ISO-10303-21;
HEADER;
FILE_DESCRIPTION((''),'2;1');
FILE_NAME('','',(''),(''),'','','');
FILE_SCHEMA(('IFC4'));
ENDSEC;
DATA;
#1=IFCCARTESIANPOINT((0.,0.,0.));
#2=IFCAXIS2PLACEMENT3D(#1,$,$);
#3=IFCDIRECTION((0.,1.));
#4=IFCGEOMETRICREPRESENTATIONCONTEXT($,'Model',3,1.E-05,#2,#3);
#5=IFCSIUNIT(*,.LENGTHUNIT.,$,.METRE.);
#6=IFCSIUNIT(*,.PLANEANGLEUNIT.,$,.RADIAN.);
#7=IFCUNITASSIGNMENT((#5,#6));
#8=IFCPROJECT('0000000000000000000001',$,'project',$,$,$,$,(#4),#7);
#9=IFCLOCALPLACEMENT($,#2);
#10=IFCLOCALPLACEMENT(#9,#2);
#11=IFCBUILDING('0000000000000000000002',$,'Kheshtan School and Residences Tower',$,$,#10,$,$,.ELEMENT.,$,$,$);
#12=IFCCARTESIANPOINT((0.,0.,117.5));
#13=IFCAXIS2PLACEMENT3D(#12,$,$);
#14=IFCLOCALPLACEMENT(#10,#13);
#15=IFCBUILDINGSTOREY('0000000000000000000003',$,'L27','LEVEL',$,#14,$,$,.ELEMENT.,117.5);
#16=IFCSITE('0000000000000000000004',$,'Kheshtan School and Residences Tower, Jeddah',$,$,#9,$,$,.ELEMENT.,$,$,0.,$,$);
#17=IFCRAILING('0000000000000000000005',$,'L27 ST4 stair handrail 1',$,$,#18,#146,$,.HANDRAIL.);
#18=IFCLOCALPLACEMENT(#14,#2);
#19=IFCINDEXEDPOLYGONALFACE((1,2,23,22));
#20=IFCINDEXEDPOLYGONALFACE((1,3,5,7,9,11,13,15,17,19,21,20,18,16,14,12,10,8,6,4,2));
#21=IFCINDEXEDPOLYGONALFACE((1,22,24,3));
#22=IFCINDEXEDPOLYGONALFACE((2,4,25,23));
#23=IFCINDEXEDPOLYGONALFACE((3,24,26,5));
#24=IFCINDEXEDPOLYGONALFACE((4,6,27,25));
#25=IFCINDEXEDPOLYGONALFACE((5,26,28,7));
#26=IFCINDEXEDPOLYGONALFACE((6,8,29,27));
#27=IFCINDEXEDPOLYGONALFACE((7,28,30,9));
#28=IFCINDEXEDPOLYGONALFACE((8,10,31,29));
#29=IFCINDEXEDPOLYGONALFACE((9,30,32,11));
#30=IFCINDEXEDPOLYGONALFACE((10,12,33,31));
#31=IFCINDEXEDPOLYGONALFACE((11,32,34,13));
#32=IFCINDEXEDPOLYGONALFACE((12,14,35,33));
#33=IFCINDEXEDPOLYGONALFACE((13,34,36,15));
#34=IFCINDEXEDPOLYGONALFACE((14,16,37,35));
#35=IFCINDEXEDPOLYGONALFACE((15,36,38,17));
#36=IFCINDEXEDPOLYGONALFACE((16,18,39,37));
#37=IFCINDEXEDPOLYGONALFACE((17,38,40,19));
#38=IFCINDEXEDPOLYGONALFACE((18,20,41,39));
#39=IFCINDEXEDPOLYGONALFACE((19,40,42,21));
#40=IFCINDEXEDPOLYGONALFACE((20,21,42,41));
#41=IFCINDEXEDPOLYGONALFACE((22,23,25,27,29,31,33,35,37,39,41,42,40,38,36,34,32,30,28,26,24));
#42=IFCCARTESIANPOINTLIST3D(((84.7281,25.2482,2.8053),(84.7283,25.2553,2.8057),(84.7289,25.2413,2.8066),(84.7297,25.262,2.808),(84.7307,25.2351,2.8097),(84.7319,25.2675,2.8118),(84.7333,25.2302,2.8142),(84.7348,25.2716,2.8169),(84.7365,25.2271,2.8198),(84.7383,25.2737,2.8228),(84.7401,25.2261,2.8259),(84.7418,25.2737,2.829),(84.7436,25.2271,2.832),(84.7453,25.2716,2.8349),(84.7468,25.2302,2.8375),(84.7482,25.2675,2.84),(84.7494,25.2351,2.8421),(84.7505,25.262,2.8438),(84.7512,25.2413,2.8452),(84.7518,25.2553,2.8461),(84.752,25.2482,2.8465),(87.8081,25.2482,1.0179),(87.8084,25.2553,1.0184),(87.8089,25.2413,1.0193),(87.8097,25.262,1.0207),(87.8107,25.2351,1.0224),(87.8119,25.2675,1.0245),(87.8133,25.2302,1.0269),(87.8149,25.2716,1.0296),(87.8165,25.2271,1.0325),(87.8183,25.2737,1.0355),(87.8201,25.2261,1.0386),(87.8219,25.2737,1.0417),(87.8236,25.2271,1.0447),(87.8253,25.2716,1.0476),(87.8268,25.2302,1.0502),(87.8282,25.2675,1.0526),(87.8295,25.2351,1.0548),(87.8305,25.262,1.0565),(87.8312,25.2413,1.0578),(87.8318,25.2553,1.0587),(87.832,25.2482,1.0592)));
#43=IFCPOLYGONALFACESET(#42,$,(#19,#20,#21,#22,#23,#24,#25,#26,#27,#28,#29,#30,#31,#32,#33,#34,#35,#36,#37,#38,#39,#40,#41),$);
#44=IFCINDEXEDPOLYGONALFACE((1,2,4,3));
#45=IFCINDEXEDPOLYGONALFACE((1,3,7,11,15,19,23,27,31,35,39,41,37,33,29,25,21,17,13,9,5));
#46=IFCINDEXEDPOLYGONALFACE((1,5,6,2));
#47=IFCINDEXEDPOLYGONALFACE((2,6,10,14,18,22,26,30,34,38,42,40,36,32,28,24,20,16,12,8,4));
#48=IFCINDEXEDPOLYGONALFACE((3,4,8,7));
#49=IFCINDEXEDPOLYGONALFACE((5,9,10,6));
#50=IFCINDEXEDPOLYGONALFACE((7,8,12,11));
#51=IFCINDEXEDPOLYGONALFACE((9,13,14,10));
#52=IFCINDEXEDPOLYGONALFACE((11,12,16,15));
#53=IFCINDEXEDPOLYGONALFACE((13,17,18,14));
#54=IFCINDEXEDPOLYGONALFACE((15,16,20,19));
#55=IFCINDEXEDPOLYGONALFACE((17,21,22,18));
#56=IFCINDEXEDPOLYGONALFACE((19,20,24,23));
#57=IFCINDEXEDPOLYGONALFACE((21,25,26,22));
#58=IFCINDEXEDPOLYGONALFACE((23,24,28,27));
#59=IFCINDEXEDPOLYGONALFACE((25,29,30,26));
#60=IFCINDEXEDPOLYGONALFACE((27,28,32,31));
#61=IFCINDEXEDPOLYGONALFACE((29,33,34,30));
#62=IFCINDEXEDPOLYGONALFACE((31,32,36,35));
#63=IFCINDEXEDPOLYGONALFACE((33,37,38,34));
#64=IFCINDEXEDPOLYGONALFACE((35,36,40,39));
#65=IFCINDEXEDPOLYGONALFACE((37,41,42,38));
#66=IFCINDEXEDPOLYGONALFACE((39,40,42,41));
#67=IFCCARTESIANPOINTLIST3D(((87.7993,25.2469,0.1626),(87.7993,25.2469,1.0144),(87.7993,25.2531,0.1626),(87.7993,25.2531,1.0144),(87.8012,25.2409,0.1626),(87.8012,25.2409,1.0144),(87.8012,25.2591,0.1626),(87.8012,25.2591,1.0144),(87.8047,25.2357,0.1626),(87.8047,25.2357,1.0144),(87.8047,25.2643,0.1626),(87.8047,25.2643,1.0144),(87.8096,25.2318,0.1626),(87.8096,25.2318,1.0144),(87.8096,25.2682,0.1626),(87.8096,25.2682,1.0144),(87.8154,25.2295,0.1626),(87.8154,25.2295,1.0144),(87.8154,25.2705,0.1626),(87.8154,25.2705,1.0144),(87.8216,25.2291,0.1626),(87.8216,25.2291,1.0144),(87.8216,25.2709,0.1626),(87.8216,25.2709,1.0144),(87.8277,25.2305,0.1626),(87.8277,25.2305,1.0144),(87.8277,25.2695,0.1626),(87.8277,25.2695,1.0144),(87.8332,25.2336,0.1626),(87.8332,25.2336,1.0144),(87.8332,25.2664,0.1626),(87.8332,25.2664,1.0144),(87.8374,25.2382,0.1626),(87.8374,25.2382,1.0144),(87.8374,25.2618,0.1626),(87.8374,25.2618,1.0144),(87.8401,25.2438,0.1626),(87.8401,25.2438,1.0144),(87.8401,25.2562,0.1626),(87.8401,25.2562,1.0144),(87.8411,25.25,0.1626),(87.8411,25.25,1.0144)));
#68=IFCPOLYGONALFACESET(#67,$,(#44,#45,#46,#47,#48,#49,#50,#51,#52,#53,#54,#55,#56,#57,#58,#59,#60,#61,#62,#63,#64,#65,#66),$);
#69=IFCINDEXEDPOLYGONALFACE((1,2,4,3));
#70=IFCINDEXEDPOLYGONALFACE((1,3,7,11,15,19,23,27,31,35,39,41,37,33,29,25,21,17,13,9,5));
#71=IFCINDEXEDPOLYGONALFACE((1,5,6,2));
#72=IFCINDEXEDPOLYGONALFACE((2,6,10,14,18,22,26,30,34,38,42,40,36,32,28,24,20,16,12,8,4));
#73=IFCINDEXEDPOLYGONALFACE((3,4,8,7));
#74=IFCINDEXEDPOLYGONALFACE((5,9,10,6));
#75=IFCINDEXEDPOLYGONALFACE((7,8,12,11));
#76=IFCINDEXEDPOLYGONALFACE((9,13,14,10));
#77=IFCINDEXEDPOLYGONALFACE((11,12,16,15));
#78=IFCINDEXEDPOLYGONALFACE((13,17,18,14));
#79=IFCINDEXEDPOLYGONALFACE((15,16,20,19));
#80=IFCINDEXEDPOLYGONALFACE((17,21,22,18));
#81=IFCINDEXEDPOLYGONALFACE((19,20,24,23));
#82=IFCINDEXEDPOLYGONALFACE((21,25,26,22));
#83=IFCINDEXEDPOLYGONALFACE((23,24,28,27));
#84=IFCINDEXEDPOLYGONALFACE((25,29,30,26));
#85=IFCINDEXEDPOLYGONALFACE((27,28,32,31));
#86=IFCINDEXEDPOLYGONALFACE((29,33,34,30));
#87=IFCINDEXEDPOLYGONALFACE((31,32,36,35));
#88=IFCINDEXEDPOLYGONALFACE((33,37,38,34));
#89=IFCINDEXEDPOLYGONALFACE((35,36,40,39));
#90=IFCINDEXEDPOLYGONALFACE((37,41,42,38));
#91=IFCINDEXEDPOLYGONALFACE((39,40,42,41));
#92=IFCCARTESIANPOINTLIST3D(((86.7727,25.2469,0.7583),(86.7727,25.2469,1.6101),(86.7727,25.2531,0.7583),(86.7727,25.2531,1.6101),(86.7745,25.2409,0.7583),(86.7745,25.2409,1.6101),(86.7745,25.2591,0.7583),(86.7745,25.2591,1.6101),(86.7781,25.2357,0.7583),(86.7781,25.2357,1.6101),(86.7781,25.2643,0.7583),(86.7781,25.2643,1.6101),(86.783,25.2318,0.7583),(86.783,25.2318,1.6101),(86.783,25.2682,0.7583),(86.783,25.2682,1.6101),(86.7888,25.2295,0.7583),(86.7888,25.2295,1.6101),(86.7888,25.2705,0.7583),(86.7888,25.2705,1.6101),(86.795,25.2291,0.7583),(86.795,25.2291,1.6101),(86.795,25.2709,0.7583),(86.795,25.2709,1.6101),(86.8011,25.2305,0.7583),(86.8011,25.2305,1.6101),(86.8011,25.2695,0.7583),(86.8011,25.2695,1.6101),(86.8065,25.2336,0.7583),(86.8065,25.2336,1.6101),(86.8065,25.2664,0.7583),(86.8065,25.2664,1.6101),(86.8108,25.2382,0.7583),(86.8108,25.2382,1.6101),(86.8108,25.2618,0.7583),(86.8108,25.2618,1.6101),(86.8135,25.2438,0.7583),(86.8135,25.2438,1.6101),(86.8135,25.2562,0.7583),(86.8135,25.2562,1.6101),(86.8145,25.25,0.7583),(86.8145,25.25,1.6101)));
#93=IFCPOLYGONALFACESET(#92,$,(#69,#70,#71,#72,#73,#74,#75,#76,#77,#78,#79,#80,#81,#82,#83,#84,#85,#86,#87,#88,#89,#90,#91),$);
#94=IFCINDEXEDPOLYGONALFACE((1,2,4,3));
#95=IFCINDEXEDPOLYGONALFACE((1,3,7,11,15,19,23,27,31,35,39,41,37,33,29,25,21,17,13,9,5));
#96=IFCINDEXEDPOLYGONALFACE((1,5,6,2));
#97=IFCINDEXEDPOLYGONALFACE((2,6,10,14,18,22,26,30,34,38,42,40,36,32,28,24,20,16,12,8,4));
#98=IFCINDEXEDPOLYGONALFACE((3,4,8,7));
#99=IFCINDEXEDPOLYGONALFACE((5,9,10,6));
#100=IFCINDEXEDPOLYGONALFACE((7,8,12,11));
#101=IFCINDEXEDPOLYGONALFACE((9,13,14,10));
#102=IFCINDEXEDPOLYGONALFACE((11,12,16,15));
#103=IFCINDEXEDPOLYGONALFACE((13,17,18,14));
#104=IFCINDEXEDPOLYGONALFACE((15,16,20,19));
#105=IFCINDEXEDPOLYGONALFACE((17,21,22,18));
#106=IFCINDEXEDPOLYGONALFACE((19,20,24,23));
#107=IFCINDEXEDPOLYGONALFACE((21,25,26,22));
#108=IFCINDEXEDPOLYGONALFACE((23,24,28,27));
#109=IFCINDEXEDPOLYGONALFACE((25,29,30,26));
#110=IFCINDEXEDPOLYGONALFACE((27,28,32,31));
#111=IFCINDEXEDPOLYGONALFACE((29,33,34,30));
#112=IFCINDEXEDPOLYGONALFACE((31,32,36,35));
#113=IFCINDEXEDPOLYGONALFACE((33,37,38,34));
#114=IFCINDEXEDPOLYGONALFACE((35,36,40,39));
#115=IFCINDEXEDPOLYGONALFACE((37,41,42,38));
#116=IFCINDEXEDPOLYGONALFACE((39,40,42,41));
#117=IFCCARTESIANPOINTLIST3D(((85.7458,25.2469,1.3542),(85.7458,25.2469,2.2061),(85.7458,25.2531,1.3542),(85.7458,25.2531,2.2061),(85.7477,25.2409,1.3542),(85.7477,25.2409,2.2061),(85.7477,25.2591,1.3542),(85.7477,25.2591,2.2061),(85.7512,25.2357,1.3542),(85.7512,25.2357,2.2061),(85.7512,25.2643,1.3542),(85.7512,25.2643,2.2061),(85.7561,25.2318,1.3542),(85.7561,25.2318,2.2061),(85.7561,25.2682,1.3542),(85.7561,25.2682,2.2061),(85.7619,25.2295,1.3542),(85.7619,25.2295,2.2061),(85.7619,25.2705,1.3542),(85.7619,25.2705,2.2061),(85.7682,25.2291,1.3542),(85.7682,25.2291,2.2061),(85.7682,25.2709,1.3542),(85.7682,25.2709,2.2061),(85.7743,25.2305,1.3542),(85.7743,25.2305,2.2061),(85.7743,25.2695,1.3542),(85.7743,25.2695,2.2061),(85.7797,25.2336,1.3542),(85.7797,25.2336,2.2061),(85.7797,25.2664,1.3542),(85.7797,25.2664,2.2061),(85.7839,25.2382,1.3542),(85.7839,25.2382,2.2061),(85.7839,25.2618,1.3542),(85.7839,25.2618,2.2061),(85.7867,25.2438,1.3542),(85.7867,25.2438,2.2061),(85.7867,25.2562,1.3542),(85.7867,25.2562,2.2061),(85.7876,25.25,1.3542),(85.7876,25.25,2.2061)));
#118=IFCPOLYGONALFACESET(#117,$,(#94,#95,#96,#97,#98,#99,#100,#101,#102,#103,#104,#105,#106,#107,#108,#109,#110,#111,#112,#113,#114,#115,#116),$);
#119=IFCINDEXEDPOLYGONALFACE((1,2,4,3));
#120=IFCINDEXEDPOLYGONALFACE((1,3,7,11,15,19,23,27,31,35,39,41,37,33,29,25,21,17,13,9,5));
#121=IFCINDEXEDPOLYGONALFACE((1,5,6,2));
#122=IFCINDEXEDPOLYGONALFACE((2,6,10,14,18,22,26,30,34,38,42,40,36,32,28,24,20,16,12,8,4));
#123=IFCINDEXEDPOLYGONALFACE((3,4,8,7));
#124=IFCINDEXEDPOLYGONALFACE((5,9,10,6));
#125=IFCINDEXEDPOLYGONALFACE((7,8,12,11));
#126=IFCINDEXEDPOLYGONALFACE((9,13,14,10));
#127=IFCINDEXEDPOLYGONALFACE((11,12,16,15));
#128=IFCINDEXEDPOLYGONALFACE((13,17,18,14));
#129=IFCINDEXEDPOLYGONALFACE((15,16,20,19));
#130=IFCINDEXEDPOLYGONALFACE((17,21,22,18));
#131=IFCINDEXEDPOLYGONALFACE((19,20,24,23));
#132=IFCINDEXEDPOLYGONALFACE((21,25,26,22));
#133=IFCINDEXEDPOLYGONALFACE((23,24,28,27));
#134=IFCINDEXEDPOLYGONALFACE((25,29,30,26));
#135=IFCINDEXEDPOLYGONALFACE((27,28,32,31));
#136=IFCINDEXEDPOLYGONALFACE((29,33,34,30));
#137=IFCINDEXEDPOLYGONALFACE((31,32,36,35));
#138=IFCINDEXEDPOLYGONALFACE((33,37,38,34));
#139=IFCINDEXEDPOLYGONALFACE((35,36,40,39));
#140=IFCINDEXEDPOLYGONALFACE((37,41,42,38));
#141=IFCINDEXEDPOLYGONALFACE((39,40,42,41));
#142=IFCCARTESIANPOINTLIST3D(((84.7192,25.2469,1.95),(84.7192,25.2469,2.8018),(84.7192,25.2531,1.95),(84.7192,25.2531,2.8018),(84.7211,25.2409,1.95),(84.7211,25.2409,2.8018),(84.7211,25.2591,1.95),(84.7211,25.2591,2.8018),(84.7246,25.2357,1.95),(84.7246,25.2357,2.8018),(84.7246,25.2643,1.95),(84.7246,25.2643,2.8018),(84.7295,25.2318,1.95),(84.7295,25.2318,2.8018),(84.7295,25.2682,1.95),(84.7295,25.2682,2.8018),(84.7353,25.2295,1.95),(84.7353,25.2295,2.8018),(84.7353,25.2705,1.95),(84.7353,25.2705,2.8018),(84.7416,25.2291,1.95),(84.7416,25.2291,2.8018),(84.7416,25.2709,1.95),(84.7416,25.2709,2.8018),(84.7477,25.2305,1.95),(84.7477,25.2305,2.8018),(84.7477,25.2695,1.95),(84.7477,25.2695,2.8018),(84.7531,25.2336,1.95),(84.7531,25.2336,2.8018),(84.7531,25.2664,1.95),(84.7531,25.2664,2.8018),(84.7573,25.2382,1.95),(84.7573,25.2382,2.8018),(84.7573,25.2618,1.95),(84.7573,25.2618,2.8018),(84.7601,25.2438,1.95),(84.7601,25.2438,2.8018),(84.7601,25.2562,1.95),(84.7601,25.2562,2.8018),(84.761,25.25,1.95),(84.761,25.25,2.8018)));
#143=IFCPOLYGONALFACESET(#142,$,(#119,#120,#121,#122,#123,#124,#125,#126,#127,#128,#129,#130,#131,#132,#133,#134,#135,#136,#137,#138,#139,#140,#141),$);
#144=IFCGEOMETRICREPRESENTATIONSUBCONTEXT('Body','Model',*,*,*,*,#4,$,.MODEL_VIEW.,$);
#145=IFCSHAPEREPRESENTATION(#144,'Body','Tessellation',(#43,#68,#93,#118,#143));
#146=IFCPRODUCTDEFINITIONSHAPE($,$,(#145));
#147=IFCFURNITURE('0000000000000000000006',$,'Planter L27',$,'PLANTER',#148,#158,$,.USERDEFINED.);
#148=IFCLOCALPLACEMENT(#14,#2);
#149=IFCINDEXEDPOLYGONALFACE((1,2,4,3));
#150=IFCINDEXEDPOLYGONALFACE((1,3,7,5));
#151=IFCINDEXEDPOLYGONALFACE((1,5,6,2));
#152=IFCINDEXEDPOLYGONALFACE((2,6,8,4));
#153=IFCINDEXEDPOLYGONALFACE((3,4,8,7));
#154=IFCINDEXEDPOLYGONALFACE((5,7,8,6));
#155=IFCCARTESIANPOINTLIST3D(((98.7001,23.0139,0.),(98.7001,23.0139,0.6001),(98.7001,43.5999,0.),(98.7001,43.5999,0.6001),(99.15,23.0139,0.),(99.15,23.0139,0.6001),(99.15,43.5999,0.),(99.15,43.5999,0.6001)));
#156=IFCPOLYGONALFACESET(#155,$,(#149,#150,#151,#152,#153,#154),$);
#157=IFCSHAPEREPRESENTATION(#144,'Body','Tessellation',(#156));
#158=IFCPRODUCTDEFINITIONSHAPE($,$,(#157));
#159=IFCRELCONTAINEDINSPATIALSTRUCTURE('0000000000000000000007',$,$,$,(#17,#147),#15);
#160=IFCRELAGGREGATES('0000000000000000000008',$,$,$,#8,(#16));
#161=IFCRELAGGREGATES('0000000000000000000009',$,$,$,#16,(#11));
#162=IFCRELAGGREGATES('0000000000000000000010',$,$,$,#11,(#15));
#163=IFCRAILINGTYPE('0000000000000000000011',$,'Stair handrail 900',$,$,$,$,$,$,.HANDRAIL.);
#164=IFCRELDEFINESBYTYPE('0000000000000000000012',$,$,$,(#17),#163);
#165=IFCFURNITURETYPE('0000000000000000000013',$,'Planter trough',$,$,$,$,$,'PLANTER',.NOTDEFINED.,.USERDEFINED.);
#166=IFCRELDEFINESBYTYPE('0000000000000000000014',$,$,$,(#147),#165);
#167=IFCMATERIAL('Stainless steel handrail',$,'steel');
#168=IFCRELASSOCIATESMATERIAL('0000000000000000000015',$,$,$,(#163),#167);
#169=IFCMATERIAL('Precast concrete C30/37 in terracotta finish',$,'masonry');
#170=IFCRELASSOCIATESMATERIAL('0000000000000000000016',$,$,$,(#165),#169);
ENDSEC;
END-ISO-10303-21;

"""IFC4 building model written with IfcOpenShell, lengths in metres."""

from ifc_helpers import new_model, si_unit, direction, frame, origin, origin_2d, place, context, subcontext, project, spatial, rectangle, circle, extrude, material, type_object, element, save


model = new_model("IFC4")

# Units and contexts
model_context = context("Model", 3, precision=1e-05, world=origin(), true_north=direction((0.0, 1.0)))
body_context = subcontext(model_context, "Body", "Model", "MODEL_VIEW")
ifc_project = project(units=[si_unit("LENGTHUNIT", "METRE"), si_unit("PLANEANGLEUNIT", "RADIAN")], contexts=[model_context])

# Site, building, storey
site_placement = place(None, origin())
site = spatial("IfcSite", under=ifc_project, at=site_placement, Name="Kheshtan School and Residences Tower, Jeddah", CompositionType="ELEMENT", RefElevation=0.0)
building_placement = place(site_placement, origin())
building = spatial("IfcBuilding", under=site, at=building_placement, Name="Kheshtan School and Residences Tower", CompositionType="ELEMENT")
storey_placement = place(building_placement, frame((0.0, 0.0, 117.5)))
storey = spatial("IfcBuildingStorey", under=building, at=storey_placement, Name="L27", Description="LEVEL", CompositionType="ELEMENT", Elevation=117.5)

# Railing
ifc_material_1 = material(Name="Stainless steel handrail", Category="steel")
railing_type_1 = type_object("IfcRailingType", Name="Stair handrail 900", PredefinedType="HANDRAIL", material=ifc_material_1)
railing_1_placement = place(storey_placement, frame((87.8201, 25.25, 0.1626)))
element("IfcRailing", 1, at=railing_1_placement, inside=storey, type_object=railing_type_1, Name="L27 ST4 stair handrail 1", PredefinedType="HANDRAIL", context=body_context, shape_type="SweptSolid", body=[
    extrude(circle(Radius=0.0239, at=origin_2d()), frame((0.0, 0.0, 0.876), z_axis=(-0.86492, 0.0, 0.501909), x_axis=(0.0, -1.0, 0.0)), (0.0, 0.0, 1.0), 3.561),
    extrude(circle(Radius=0.021, at=origin_2d()), origin(), (0.0, 0.0, 1.0), 0.8518),
    extrude(circle(Radius=0.021, at=origin_2d()), frame((-1.0266, 0.0, 0.5957)), (0.0, 0.0, 1.0), 0.8518),
    extrude(circle(Radius=0.021, at=origin_2d()), frame((-2.0535, 0.0, 1.1917)), (0.0, 0.0, 1.0), 0.8518),
    extrude(circle(Radius=0.021, at=origin_2d()), frame((-3.0801, 0.0, 1.7874)), (0.0, 0.0, 1.0), 0.8518),
])

# Furniture
ifc_material_2 = material(Name="Precast concrete C30/37 in terracotta finish", Category="masonry")
furniture_type = type_object("IfcFurnitureType", Name="Planter trough", ElementType="PLANTER", AssemblyPlace="NOTDEFINED", PredefinedType="USERDEFINED", material=ifc_material_2)
furniture_placement = place(storey_placement, frame((98.925, 33.3069, 0.0), z_axis=(0.0, 0.0, 1.0), x_axis=(0.0, -1.0, 0.0)))
element("IfcFurniture", 2, at=furniture_placement, inside=storey, type_object=furniture_type, Name="Planter L27", ObjectType="PLANTER", PredefinedType="USERDEFINED", context=body_context, shape_type="SweptSolid", body=[
    extrude(rectangle(XDim=20.5859, YDim=0.45, at=origin_2d()), origin(), (0.0, 0.0, 1.0), 0.6001),
])

save(model, "model.ifc")
